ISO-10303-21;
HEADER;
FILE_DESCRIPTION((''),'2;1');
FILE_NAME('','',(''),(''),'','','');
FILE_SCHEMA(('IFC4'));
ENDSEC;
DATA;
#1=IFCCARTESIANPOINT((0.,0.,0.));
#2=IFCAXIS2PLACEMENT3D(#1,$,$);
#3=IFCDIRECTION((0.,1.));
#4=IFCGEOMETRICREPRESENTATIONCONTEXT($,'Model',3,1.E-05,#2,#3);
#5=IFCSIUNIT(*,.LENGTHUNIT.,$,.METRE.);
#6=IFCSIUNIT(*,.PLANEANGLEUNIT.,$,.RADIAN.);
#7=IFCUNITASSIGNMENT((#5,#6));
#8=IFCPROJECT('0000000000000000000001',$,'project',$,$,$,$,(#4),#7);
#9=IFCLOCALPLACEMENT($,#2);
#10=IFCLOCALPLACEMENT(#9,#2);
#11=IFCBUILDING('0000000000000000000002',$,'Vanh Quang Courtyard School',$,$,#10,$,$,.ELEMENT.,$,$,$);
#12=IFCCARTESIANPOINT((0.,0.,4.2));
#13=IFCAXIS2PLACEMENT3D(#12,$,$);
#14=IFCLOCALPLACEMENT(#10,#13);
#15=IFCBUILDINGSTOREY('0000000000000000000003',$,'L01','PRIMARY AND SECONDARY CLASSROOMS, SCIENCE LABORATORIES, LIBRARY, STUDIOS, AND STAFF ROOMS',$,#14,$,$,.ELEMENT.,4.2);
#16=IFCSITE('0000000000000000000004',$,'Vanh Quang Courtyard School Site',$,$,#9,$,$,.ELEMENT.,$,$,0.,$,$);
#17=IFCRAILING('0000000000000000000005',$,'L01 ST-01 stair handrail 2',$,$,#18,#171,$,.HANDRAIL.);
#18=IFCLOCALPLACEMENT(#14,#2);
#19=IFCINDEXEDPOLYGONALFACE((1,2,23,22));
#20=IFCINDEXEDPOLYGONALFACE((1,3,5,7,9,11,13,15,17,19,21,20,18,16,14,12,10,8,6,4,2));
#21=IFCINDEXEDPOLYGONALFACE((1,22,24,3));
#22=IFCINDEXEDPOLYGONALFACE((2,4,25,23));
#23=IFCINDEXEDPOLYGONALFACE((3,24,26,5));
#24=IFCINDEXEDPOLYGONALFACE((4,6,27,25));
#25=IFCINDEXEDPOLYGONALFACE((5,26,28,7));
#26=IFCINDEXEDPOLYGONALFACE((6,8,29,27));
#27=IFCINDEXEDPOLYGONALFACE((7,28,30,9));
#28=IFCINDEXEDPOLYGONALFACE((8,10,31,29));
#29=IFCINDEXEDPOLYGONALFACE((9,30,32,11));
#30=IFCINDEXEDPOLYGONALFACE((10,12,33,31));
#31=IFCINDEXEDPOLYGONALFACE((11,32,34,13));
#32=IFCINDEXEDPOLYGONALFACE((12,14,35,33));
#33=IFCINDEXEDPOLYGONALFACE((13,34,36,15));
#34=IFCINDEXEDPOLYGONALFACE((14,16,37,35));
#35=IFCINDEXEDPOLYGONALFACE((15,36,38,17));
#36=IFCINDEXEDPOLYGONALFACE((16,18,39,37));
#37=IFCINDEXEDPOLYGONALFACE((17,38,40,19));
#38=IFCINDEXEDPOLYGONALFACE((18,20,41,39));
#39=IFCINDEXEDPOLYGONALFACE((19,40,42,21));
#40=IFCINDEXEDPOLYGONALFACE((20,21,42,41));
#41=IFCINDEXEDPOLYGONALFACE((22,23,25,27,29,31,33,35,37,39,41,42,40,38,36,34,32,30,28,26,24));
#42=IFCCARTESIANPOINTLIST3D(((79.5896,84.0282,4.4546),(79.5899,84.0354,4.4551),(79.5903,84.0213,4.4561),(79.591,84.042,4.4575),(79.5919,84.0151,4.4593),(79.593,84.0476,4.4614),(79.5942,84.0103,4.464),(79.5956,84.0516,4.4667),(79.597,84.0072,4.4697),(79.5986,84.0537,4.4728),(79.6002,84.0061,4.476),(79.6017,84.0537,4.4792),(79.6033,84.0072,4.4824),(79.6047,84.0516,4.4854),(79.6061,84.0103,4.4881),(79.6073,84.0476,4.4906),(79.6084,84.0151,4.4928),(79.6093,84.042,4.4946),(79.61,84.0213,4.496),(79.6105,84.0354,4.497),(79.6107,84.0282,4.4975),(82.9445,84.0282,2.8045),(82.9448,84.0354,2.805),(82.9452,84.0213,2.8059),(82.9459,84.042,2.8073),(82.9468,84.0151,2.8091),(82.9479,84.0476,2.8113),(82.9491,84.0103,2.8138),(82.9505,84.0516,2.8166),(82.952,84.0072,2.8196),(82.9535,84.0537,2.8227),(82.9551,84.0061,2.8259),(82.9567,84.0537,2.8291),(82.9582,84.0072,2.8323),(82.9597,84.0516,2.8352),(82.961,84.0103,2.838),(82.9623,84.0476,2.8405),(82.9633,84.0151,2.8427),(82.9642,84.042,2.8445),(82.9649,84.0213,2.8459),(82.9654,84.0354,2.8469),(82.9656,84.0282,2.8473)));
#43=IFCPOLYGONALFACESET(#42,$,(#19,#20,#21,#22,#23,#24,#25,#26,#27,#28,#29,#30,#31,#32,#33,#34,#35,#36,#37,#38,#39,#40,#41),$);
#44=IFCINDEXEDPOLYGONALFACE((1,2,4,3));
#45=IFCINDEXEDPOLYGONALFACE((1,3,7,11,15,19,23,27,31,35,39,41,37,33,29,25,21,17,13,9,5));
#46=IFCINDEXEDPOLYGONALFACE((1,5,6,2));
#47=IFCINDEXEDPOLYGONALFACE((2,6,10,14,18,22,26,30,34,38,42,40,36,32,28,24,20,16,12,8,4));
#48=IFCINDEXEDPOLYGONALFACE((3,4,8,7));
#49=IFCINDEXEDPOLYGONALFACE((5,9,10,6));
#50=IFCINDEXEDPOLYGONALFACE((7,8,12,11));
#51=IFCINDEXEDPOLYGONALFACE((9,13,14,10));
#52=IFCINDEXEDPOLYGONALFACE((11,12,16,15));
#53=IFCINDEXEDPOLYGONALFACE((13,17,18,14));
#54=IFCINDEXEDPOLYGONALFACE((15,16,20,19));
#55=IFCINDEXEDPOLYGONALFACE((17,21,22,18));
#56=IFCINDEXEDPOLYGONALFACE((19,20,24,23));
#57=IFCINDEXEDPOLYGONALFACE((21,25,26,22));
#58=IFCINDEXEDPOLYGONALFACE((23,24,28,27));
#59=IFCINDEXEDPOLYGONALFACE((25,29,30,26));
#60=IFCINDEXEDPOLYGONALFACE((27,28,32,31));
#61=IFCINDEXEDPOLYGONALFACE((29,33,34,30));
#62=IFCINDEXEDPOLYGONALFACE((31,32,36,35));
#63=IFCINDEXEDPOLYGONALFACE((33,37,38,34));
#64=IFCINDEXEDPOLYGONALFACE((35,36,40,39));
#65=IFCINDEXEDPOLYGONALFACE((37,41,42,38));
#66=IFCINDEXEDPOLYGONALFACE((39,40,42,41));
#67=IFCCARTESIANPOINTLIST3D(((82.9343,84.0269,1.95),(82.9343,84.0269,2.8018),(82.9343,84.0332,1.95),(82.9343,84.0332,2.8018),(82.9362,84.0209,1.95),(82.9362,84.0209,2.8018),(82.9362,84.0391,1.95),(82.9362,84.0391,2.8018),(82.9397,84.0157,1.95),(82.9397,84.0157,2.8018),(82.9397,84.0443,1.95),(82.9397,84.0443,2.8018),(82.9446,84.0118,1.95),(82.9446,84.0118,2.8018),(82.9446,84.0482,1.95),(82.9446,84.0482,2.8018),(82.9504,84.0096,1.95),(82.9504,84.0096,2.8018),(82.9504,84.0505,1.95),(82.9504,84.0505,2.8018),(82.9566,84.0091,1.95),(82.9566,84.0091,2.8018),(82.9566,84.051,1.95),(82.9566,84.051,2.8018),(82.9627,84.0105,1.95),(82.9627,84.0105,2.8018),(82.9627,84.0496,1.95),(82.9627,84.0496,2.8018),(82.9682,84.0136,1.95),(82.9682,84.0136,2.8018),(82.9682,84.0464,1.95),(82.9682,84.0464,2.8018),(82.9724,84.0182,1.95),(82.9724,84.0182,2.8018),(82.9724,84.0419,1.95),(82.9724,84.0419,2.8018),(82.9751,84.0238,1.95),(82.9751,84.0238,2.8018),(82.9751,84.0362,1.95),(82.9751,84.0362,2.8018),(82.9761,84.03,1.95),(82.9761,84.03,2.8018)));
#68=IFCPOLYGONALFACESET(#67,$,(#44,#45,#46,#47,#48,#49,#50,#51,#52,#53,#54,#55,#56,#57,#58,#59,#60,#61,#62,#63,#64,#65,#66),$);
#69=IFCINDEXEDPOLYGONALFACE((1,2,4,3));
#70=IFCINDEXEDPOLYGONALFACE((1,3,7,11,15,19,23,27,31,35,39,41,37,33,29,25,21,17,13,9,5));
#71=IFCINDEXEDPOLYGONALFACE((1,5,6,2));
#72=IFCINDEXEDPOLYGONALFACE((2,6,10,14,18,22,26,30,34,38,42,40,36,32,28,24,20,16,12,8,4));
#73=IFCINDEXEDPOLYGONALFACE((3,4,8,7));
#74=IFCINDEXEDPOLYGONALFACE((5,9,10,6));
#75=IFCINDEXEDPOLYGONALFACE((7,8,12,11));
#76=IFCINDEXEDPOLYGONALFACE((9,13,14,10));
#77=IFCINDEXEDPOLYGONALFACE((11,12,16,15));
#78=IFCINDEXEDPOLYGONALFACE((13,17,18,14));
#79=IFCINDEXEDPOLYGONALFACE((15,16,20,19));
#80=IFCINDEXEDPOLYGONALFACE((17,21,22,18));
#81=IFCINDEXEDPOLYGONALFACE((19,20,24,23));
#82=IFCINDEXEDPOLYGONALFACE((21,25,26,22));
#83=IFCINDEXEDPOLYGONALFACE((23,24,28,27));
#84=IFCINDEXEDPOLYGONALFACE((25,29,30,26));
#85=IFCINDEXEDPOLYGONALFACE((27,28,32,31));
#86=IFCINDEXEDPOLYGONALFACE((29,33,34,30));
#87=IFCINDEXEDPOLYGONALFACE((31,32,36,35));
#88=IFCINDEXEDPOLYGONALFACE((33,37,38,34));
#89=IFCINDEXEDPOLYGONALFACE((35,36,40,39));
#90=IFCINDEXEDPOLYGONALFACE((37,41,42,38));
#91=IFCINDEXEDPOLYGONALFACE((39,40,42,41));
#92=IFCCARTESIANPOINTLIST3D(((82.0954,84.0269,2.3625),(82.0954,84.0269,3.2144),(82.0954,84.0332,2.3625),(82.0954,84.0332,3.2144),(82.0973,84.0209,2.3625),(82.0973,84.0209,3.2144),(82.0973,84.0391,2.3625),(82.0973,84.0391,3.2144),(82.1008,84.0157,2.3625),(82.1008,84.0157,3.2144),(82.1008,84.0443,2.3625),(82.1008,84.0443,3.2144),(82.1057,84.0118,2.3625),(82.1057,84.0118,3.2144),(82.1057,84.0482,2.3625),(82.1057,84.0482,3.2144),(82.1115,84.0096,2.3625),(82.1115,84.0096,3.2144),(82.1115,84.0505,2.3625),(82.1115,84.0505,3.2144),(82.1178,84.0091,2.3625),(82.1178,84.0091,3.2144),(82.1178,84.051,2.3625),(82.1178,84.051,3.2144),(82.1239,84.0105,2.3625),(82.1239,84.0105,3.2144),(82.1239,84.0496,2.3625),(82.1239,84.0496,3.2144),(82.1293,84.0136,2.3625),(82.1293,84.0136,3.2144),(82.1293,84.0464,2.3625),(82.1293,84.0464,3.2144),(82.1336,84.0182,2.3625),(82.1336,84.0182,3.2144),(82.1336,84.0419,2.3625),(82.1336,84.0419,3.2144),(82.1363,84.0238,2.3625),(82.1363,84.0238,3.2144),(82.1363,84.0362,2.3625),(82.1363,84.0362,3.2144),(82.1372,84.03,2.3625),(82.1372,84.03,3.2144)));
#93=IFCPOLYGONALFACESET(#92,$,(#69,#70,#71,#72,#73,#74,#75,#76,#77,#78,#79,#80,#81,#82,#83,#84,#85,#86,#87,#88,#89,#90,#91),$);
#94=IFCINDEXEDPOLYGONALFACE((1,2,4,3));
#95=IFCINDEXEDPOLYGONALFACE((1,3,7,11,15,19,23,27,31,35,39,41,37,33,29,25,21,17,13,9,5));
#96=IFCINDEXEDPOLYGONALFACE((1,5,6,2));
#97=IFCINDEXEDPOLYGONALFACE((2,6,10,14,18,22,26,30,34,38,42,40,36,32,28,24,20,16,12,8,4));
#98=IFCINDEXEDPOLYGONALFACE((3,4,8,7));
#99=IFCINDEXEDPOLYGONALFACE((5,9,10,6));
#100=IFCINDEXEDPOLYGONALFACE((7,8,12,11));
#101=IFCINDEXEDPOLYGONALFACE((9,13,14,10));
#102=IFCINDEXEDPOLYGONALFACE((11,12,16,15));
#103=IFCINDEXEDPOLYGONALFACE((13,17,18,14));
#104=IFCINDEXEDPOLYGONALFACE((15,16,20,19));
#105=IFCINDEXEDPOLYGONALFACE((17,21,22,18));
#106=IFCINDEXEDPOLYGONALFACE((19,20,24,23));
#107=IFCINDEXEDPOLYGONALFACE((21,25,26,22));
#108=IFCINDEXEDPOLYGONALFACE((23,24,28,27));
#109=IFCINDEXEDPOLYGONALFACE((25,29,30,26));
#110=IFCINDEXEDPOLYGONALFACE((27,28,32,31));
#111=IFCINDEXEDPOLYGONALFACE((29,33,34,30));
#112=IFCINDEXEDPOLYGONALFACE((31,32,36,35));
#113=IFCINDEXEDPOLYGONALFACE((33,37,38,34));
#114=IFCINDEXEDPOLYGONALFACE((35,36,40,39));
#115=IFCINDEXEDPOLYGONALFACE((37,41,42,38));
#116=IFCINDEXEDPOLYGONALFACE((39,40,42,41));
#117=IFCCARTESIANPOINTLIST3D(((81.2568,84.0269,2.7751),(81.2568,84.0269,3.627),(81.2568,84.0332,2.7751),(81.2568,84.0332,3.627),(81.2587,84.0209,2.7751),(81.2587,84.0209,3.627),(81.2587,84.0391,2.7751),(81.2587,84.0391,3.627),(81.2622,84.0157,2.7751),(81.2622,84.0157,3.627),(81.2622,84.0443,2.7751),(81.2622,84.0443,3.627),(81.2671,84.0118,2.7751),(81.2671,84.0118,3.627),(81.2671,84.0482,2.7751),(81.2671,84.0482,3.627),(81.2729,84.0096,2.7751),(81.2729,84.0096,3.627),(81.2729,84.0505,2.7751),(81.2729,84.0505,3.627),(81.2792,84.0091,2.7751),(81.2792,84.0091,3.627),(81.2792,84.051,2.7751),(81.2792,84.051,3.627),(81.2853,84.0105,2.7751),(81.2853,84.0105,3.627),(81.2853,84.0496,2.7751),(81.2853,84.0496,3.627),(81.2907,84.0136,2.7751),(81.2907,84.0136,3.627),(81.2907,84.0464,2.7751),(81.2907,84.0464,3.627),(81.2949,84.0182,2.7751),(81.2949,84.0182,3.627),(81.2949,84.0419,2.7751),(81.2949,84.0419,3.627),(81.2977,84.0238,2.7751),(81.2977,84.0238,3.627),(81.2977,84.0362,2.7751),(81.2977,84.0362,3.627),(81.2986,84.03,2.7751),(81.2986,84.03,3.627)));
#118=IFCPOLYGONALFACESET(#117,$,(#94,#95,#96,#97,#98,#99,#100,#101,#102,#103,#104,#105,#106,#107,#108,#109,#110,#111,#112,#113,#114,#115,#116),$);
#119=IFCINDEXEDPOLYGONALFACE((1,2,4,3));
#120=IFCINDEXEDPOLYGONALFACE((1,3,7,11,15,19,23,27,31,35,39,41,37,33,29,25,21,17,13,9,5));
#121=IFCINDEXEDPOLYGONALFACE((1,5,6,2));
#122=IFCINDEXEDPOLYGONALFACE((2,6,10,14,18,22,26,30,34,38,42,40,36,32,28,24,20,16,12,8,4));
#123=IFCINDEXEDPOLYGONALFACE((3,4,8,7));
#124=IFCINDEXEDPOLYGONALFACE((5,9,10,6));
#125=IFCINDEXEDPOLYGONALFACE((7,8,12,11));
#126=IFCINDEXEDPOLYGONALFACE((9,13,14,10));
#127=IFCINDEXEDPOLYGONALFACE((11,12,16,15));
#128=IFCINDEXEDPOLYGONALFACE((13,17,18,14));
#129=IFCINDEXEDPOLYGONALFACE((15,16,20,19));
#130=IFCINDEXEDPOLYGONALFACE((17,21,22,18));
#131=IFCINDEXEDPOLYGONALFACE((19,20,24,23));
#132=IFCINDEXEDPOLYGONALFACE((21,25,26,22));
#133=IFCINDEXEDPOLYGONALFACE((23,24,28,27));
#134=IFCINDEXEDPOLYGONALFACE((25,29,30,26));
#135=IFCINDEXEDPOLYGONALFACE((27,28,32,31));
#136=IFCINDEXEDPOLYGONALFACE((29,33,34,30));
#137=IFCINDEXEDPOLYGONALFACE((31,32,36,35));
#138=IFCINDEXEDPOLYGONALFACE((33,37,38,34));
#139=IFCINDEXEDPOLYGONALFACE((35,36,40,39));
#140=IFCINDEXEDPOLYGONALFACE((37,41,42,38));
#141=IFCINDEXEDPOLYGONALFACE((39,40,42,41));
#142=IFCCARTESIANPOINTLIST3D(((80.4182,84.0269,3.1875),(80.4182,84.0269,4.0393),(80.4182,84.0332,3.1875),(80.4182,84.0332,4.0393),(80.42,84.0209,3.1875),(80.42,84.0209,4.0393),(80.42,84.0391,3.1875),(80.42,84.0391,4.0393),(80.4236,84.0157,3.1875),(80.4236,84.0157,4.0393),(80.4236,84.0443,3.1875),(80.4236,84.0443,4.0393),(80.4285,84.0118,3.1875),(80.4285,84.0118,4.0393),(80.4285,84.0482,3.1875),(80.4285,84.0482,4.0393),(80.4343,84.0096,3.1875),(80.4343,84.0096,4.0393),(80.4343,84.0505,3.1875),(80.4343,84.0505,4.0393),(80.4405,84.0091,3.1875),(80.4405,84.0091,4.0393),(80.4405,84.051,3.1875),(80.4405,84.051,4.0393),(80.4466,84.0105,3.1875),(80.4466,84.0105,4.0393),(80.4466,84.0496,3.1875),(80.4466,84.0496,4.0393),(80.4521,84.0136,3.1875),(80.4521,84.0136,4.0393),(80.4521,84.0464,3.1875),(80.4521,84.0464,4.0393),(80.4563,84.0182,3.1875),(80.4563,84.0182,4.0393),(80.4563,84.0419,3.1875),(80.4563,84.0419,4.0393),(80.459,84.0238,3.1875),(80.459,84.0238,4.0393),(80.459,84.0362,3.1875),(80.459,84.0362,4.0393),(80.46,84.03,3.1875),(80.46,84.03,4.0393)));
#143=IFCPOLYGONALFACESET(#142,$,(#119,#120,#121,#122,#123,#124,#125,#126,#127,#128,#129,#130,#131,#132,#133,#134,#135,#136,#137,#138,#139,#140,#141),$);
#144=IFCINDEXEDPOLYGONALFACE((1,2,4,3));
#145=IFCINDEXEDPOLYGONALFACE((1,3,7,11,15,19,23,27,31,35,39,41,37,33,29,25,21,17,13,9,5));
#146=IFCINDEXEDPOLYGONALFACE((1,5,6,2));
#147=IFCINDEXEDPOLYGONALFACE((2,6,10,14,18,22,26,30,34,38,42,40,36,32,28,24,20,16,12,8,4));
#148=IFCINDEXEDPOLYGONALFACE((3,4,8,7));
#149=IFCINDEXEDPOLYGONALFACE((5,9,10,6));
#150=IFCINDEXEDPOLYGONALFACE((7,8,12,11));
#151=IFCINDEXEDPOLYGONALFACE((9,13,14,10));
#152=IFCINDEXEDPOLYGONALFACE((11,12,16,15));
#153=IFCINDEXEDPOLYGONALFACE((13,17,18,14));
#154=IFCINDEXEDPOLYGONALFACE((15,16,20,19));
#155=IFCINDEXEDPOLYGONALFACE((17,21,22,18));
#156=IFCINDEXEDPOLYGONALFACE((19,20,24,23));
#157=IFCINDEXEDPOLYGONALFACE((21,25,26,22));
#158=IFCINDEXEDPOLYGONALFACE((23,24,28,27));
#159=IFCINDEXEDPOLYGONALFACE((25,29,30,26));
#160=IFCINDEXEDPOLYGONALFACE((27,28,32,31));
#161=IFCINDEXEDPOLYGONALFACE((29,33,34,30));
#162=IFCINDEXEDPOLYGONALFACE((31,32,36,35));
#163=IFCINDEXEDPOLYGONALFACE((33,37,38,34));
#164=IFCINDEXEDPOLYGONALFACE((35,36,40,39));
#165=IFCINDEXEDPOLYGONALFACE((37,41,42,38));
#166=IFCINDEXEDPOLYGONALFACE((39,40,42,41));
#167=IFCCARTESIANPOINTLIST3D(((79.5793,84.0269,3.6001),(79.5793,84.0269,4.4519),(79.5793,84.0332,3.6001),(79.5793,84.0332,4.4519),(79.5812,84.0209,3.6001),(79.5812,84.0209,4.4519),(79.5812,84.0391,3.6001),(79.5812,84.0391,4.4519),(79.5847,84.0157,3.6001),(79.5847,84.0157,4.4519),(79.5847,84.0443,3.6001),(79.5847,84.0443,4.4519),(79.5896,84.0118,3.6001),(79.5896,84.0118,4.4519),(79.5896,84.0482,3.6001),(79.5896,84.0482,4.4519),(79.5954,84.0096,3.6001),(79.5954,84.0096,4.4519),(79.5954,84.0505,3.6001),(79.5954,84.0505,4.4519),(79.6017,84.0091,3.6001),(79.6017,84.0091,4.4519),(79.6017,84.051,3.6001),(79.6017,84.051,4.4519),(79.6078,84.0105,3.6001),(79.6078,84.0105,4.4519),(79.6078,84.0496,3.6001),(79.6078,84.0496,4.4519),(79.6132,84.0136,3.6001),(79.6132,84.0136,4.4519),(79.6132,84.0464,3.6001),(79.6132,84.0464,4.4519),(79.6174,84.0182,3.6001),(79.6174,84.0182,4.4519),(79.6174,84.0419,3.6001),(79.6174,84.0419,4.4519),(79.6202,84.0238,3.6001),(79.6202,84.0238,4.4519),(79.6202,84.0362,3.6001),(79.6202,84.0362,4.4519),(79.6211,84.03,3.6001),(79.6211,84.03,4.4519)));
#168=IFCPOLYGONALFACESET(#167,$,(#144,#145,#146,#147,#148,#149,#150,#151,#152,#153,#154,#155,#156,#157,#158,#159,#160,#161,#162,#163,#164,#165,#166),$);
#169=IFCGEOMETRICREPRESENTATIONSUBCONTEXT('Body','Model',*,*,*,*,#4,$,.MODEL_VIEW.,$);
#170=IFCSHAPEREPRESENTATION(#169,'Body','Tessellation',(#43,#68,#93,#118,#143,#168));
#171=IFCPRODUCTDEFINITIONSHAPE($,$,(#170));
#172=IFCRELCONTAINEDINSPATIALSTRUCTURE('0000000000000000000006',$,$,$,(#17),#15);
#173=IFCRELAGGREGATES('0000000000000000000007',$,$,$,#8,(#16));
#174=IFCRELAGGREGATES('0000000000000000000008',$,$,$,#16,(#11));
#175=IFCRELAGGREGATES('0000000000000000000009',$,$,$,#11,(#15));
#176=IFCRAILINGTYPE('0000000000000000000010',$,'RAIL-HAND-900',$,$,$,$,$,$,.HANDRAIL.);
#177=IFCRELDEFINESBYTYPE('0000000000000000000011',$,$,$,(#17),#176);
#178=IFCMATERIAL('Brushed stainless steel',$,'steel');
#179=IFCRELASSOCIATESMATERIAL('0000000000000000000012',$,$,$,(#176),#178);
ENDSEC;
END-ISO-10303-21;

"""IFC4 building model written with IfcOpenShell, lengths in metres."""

from ifc_helpers import new_model, si_unit, direction, frame, origin, origin_2d, place, context, subcontext, project, spatial, circle, extrude, material, type_object, element, save


model = new_model("IFC4")

# Units and contexts
model_context = context("Model", 3, precision=1e-05, world=origin(), true_north=direction((0.0, 1.0)))
body_context = subcontext(model_context, "Body", "Model", "MODEL_VIEW")
ifc_project = project(units=[si_unit("LENGTHUNIT", "METRE"), si_unit("PLANEANGLEUNIT", "RADIAN")], contexts=[model_context])

# Site, building, storey
site_placement = place(None, origin())
site = spatial("IfcSite", under=ifc_project, at=site_placement, Name="Vanh Quang Courtyard School Site", CompositionType="ELEMENT", RefElevation=0.0)
building_placement = place(site_placement, origin())
building = spatial("IfcBuilding", under=site, at=building_placement, Name="Vanh Quang Courtyard School", CompositionType="ELEMENT")
storey_placement = place(building_placement, frame((0.0, 0.0, 4.2)))
storey = spatial("IfcBuildingStorey", under=building, at=storey_placement, Name="L01", Description="PRIMARY AND SECONDARY CLASSROOMS, SCIENCE LABORATORIES, LIBRARY, STUDIOS, AND STAFF ROOMS", CompositionType="ELEMENT", Elevation=4.2)

# Railing
ifc_material_1 = material(Name="Brushed stainless steel", Category="steel")
railing_type_1 = type_object("IfcRailingType", Name="RAIL-HAND-900", PredefinedType="HANDRAIL", material=ifc_material_1)
railing_1_placement = place(storey_placement, frame((82.9551, 84.03, 1.95)))
element("IfcRailing", 1, at=railing_1_placement, inside=storey, type_object=railing_type_1, Name="L01 ST-01 stair handrail 2", PredefinedType="HANDRAIL", context=body_context, shape_type="SweptSolid", body=[
    extrude(circle(Radius=0.0239, at=origin_2d()), frame((0.0, 0.0, 0.876), z_axis=(-0.897333, 0.0, 0.441353), x_axis=(0.0, -1.0, 0.0)), (0.0, 0.0, 1.0), 3.7388),
    extrude(circle(Radius=0.021, at=origin_2d()), origin(), (0.0, 0.0, 1.0), 0.8518),
    extrude(circle(Radius=0.021, at=origin_2d()), frame((-0.8389, 0.0, 0.4126)), (0.0, 0.0, 1.0), 0.8518),
    extrude(circle(Radius=0.021, at=origin_2d()), frame((-1.6775, 0.0, 0.8252)), (0.0, 0.0, 1.0), 0.8518),
    extrude(circle(Radius=0.021, at=origin_2d()), frame((-2.5161, 0.0, 1.2375)), (0.0, 0.0, 1.0), 0.8518),
    extrude(circle(Radius=0.021, at=origin_2d()), frame((-3.355, 0.0, 1.6501)), (0.0, 0.0, 1.0), 0.8518),
])

save(model, "model.ifc")
